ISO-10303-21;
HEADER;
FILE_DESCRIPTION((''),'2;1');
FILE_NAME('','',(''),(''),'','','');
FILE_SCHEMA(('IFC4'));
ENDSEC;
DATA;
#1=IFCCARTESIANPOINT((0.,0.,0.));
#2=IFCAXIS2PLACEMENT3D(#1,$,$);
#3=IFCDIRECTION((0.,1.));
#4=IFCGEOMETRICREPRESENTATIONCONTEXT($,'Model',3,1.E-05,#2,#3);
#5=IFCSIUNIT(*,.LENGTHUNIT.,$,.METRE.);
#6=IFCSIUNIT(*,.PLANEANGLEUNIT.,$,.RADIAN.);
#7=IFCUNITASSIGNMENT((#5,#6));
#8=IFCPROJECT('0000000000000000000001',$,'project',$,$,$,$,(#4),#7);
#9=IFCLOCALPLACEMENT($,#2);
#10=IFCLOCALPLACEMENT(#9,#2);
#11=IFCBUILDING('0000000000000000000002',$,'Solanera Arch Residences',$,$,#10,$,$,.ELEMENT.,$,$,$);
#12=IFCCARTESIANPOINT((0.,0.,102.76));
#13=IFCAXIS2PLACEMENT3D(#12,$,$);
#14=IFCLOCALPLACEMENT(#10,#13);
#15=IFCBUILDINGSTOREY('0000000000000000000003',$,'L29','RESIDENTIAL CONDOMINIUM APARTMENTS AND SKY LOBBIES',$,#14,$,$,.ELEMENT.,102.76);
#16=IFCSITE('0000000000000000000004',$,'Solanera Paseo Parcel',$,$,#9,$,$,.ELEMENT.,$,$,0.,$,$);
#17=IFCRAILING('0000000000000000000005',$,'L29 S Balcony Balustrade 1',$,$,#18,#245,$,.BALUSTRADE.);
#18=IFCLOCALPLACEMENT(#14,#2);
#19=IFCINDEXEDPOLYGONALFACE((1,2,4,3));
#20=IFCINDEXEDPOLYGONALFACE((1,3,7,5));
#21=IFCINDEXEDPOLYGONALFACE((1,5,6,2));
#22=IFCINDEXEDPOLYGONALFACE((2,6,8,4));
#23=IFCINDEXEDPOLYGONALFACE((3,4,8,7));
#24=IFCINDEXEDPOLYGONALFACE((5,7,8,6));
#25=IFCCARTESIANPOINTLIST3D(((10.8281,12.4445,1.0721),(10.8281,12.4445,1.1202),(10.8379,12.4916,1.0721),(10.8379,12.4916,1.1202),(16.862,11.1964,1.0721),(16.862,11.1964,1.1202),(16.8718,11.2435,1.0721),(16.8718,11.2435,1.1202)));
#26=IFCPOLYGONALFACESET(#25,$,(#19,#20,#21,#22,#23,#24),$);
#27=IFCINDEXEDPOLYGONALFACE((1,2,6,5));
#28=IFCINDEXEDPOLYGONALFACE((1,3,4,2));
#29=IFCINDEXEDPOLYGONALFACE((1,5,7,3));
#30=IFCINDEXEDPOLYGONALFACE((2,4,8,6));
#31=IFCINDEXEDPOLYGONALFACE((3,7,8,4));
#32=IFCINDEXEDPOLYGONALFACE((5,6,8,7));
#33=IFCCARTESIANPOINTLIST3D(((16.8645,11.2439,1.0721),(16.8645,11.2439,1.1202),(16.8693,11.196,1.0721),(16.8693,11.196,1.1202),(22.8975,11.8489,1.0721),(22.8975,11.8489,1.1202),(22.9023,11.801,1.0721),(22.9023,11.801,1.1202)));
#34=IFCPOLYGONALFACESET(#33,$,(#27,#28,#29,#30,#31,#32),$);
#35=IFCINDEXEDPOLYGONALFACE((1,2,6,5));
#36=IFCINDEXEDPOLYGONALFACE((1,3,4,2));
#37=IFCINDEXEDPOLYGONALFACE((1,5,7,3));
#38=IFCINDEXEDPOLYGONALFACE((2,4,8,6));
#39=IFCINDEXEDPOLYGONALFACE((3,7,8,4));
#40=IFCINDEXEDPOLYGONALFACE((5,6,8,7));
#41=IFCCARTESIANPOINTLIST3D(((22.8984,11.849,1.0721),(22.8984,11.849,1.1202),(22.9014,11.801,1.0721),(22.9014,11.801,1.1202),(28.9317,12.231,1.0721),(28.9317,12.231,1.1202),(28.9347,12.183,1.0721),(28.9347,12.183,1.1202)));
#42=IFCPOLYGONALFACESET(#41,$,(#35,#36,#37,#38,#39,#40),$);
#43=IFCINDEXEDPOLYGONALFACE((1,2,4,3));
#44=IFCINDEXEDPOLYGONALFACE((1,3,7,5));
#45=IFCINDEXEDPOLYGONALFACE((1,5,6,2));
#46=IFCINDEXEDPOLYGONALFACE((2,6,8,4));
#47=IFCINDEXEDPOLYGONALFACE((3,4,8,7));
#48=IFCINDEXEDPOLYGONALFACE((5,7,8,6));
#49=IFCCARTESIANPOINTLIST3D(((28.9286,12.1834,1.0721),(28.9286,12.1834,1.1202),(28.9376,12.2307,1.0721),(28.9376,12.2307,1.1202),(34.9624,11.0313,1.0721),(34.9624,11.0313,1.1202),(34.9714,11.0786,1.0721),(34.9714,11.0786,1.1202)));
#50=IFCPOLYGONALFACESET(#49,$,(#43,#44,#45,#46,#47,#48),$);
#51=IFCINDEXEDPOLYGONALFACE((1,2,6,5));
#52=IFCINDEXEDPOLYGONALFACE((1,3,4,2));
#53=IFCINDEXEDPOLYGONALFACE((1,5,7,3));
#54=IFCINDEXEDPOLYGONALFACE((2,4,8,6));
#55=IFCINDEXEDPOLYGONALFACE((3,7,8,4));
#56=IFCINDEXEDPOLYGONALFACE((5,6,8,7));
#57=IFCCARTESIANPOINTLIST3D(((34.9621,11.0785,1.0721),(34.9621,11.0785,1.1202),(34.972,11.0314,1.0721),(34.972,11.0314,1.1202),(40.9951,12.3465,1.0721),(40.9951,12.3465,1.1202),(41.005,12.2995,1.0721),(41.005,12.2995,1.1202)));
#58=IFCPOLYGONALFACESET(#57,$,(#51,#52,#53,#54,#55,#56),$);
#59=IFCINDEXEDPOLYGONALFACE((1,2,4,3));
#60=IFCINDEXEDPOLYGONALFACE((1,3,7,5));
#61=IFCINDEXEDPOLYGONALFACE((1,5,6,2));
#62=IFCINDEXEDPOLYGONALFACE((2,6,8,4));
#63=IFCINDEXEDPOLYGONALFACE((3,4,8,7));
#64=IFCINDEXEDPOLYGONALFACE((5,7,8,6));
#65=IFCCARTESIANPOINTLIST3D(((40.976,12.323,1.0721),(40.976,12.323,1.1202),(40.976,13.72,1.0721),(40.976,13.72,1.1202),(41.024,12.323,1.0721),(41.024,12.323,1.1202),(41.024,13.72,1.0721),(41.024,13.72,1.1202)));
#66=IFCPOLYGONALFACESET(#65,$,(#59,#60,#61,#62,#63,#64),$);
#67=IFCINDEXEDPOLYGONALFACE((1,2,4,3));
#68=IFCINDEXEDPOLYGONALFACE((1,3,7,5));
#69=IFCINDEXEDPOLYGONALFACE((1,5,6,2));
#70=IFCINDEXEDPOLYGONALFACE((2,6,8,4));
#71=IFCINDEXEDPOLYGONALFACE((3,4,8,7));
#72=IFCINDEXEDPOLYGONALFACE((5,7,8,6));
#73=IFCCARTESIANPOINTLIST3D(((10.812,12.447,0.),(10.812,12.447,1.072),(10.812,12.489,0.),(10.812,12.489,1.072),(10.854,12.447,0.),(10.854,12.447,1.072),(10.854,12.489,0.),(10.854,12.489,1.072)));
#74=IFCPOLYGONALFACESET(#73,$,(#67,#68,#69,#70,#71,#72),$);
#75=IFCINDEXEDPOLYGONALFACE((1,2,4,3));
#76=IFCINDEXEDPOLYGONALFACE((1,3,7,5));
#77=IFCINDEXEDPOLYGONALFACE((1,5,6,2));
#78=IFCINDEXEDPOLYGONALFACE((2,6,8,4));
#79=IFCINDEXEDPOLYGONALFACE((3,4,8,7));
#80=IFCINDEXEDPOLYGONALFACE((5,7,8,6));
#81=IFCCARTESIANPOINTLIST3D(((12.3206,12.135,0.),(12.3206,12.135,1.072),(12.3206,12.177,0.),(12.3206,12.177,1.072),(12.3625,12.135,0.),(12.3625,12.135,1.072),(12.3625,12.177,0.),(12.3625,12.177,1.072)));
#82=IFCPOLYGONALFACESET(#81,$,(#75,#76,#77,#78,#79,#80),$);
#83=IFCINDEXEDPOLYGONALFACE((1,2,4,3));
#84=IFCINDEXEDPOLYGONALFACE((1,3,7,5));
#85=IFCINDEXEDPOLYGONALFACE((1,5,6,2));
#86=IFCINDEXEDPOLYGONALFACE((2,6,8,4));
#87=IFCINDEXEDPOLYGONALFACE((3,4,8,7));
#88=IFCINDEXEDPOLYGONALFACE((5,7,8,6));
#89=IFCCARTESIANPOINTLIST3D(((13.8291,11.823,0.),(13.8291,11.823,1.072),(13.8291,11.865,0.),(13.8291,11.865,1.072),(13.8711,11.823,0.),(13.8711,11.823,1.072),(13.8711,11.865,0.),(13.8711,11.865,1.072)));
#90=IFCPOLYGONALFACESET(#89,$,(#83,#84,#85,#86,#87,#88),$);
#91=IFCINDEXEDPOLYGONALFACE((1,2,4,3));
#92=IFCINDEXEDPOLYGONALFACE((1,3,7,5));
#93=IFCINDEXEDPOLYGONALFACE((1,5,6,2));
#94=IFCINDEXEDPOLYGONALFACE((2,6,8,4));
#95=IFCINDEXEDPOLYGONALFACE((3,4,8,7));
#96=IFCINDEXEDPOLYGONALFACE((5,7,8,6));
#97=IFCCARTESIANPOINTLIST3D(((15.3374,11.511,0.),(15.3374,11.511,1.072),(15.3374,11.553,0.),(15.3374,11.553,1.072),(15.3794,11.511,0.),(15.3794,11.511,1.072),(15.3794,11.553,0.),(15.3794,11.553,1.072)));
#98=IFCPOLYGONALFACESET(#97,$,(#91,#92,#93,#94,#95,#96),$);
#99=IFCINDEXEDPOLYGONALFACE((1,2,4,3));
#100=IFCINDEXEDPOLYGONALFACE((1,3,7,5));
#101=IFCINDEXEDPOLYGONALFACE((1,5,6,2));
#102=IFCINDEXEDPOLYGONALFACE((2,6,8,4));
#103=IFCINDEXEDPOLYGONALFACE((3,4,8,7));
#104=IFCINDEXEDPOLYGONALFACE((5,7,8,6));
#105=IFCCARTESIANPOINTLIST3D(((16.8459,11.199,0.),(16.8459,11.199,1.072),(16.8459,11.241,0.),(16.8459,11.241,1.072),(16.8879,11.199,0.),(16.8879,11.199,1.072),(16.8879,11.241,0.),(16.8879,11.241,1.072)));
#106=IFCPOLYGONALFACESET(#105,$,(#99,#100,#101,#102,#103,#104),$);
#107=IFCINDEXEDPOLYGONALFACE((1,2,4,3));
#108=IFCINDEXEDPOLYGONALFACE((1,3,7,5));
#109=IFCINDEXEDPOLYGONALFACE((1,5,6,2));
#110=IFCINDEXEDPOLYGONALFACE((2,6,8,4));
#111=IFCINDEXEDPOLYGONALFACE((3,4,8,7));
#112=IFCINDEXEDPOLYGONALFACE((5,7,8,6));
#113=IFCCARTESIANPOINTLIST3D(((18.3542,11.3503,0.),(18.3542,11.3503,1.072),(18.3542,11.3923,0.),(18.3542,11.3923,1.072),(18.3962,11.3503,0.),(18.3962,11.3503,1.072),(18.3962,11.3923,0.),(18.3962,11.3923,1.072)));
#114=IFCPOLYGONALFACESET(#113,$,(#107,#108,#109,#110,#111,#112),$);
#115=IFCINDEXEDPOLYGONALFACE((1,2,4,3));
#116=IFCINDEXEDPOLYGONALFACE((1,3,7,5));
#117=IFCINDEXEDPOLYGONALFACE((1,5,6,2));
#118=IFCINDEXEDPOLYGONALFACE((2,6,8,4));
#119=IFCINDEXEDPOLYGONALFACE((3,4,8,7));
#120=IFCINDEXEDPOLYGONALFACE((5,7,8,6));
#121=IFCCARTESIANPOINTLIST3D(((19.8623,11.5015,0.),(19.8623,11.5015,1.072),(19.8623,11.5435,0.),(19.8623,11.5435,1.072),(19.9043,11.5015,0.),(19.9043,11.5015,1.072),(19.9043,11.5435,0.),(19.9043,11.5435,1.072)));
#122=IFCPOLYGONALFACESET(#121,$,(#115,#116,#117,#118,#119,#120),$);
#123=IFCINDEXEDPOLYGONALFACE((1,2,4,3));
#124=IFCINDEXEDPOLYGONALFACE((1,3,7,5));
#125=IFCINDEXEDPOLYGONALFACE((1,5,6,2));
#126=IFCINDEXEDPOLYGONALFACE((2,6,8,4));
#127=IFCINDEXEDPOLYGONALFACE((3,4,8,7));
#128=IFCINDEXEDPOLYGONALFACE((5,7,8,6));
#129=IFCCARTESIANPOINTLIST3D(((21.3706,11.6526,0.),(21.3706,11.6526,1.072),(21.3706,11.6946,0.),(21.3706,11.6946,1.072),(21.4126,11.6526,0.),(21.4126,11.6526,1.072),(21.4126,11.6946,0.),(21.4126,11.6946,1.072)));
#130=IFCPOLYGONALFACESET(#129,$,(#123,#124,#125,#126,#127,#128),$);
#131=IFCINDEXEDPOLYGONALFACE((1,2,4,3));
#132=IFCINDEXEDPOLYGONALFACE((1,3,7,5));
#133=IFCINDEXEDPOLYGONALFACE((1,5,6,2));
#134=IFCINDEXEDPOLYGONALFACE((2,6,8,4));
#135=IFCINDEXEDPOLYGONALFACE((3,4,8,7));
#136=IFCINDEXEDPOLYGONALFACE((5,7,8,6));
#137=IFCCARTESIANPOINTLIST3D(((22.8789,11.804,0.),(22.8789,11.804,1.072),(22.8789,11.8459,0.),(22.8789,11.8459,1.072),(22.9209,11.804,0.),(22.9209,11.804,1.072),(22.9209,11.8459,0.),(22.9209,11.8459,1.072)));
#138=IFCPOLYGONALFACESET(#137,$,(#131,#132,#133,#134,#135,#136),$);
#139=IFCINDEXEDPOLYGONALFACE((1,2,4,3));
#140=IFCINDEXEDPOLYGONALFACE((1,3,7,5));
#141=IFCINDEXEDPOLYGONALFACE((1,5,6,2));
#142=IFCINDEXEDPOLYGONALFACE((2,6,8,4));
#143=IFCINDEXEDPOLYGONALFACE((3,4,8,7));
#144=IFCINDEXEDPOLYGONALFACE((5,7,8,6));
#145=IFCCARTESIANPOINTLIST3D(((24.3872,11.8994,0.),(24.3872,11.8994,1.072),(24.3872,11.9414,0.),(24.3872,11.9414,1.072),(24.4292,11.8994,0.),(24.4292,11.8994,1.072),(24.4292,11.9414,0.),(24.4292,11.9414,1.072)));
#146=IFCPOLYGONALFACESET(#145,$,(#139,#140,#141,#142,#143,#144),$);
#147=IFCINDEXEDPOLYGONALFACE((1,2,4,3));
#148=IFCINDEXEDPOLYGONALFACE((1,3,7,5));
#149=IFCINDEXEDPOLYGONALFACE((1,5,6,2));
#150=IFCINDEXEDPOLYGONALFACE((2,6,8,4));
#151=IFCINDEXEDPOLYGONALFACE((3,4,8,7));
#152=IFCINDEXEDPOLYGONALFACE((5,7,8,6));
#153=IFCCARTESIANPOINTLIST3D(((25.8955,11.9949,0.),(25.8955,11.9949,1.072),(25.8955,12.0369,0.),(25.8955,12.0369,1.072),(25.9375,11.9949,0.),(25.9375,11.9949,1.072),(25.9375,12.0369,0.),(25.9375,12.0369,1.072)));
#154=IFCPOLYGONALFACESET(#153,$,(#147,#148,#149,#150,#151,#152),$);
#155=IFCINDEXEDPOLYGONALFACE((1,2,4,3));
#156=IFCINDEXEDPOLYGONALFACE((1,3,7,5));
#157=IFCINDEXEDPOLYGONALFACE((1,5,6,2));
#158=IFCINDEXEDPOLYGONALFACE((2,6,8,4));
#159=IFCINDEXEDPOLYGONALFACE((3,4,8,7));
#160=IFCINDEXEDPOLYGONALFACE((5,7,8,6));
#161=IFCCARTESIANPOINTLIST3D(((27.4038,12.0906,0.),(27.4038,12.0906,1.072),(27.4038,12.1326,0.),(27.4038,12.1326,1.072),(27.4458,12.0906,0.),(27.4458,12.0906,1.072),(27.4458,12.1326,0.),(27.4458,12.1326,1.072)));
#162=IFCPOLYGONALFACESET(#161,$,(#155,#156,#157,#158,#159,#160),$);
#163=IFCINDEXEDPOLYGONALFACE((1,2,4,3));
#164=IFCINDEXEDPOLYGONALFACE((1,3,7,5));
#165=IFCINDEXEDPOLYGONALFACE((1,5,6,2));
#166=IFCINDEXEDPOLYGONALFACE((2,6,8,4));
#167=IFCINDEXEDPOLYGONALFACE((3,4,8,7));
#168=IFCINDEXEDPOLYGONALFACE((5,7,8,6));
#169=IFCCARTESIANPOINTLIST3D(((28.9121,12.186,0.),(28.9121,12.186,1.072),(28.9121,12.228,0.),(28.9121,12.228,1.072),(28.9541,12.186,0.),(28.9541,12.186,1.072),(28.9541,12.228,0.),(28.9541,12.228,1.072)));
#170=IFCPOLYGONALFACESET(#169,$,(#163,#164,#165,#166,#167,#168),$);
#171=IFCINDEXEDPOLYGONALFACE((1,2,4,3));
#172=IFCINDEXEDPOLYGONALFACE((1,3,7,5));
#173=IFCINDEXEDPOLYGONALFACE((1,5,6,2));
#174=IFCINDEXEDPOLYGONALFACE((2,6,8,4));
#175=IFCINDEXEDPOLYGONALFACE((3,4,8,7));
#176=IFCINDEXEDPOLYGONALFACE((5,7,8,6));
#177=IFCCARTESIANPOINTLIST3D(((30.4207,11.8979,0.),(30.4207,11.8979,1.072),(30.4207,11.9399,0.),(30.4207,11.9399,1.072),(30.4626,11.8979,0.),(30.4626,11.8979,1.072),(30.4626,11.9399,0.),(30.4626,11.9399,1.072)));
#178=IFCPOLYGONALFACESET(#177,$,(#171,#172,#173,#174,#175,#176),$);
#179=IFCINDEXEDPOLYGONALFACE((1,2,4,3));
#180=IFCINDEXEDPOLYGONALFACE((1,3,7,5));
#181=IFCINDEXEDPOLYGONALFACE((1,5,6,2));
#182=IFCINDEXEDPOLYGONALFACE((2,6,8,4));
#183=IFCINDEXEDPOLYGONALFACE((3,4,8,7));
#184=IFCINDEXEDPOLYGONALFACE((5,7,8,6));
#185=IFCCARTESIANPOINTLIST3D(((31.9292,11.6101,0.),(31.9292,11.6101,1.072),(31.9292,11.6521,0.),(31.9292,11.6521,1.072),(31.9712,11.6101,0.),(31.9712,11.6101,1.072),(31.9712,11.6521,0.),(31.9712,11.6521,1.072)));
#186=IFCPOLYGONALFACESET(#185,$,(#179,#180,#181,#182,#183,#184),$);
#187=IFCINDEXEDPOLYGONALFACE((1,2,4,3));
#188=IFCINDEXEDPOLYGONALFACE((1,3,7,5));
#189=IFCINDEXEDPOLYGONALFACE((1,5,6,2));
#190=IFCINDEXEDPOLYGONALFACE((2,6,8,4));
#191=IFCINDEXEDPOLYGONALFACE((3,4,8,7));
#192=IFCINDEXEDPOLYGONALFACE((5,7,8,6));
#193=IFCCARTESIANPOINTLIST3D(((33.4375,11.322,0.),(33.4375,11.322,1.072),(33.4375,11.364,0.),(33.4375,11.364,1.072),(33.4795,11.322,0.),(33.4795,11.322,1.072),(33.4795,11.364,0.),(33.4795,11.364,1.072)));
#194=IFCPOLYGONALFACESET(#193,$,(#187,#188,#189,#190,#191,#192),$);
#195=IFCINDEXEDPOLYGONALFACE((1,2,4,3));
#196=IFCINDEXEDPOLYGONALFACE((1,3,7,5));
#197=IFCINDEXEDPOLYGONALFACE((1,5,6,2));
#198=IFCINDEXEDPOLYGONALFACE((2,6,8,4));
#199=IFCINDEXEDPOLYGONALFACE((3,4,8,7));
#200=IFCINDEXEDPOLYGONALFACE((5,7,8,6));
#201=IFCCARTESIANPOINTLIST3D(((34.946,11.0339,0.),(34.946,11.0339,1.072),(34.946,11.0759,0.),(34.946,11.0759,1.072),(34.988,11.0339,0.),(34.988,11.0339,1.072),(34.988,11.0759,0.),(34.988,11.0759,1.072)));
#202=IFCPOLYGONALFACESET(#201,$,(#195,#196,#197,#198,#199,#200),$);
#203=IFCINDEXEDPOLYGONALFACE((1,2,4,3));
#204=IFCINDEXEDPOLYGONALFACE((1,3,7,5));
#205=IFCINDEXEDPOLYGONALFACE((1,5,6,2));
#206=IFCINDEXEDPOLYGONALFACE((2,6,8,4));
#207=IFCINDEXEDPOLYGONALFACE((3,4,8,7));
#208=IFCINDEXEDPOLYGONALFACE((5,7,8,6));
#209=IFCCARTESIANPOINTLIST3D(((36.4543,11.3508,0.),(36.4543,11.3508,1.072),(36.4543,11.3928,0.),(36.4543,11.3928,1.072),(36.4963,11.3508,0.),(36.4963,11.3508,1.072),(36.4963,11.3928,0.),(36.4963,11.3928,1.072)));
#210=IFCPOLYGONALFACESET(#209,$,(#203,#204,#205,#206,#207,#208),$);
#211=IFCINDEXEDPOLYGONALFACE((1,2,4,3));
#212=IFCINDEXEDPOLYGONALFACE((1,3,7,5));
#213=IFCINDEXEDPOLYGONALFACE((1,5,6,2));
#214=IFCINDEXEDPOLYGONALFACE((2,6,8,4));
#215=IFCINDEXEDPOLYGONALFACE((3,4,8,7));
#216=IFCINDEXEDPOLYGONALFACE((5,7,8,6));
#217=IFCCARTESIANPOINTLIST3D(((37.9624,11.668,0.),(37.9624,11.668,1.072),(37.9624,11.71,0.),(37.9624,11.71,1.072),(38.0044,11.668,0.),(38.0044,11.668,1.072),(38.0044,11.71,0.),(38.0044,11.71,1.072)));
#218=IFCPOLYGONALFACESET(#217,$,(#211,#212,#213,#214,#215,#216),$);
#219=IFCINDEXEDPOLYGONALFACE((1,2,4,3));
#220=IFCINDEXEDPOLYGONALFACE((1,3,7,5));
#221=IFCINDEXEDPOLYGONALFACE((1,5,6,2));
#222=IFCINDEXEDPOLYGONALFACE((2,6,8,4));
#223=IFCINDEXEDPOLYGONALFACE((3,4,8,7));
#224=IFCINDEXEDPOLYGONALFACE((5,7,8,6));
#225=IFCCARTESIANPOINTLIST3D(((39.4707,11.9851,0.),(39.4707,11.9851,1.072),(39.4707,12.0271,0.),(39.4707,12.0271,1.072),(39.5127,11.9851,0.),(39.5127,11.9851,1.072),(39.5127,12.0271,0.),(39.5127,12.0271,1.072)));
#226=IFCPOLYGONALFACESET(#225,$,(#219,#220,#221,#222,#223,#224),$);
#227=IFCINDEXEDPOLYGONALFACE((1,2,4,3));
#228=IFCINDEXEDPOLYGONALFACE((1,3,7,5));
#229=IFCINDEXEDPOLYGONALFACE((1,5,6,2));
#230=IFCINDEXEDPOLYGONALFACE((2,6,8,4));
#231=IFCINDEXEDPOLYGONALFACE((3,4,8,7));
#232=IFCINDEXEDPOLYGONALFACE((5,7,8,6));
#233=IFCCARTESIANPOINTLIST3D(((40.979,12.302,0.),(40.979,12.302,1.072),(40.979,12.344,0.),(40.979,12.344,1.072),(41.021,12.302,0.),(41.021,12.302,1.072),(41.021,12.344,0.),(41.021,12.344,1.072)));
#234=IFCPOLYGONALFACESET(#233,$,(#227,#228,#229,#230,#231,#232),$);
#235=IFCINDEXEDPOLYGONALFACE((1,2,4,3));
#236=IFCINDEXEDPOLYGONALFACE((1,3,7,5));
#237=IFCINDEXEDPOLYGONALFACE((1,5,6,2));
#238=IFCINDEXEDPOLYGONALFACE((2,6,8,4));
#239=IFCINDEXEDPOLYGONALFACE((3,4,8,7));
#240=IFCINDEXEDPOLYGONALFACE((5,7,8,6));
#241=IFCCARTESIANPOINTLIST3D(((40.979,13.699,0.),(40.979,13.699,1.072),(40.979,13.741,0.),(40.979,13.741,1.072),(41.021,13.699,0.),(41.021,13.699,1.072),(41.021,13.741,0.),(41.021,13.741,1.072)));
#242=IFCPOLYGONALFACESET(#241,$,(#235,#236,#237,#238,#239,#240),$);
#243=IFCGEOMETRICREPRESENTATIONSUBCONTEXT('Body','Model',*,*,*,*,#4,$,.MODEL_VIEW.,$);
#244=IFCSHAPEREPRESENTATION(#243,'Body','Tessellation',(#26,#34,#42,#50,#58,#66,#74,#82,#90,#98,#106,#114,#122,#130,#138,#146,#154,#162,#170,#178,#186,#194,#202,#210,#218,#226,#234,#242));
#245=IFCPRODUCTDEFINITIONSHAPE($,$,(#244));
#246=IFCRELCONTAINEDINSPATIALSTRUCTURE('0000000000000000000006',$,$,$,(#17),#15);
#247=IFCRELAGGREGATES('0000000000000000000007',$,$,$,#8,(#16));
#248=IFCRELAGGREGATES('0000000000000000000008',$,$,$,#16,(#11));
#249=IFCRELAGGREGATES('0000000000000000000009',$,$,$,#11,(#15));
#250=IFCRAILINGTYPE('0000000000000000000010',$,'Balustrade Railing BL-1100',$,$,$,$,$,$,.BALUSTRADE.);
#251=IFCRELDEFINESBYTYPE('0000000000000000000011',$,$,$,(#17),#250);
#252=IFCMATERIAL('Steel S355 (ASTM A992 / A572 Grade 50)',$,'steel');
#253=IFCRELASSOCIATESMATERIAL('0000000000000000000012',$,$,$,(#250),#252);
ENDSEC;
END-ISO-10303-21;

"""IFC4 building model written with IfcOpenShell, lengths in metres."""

from ifc_helpers import new_model, si_unit, direction, frame, origin, origin_2d, place, context, subcontext, project, spatial, rectangle, extrude, material, type_object, element, save


model = new_model("IFC4")

# Units and contexts
model_context = context("Model", 3, precision=1e-05, world=origin(), true_north=direction((0.0, 1.0)))
body_context = subcontext(model_context, "Body", "Model", "MODEL_VIEW")
ifc_project = project(units=[si_unit("LENGTHUNIT", "METRE"), si_unit("PLANEANGLEUNIT", "RADIAN")], contexts=[model_context])

# Site, building, storey
site_placement = place(None, origin())
site = spatial("IfcSite", under=ifc_project, at=site_placement, Name="Solanera Paseo Parcel", CompositionType="ELEMENT", RefElevation=0.0)
building_placement = place(site_placement, origin())
building = spatial("IfcBuilding", under=site, at=building_placement, Name="Solanera Arch Residences", CompositionType="ELEMENT")
storey_placement = place(building_placement, frame((0.0, 0.0, 102.76)))
storey = spatial("IfcBuildingStorey", under=building, at=storey_placement, Name="L29", Description="RESIDENTIAL CONDOMINIUM APARTMENTS AND SKY LOBBIES", CompositionType="ELEMENT", Elevation=102.76)

# Railing
ifc_material_1 = material(Name="Steel S355 (ASTM A992 / A572 Grade 50)", Category="steel")
railing_type = type_object("IfcRailingType", Name="Balustrade Railing BL-1100", PredefinedType="BALUSTRADE", material=ifc_material_1)
railing_placement = place(storey_placement, frame((10.833, 12.468, 0.0)))
element("IfcRailing", 1, at=railing_placement, inside=storey, type_object=railing_type, Name="L29 S Balcony Balustrade 1", PredefinedType="BALUSTRADE", context=body_context, shape_type="SweptSolid", body=[
    extrude(rectangle(XDim=0.0481, YDim=0.0481, at=origin_2d()), frame((0.0, 0.0, 1.0962), z_axis=(0.979272, -0.202551, 0.0), x_axis=(0.202551, 0.979272, 0.0)), (0.0, 0.0, 1.0), 6.1616),
    extrude(rectangle(XDim=0.0481, YDim=0.0481, at=origin_2d()), frame((6.0339, -1.248, 1.0962), z_axis=(0.99501, 0.099779, 0.0), x_axis=(-0.099779, 0.99501, 0.0)), (0.0, 0.0, 1.0), 6.0632),
    extrude(rectangle(XDim=0.0481, YDim=0.0481, at=origin_2d()), frame((12.0669, -0.6431, 1.0962), z_axis=(0.998001, 0.063203, 0.0), x_axis=(-0.063203, 0.998001, 0.0)), (0.0, 0.0, 1.0), 6.0454),
    extrude(rectangle(XDim=0.0481, YDim=0.0481, at=origin_2d()), frame((18.1001, -0.261, 1.0962), z_axis=(0.982255, -0.187549, 0.0), x_axis=(0.187549, 0.982255, 0.0)), (0.0, 0.0, 1.0), 6.1428),
    extrude(rectangle(XDim=0.0481, YDim=0.0481, at=origin_2d()), frame((24.134, -1.4131, 1.0962), z_axis=(0.978616, 0.205695, 0.0), x_axis=(-0.205695, 0.978616, 0.0)), (0.0, 0.0, 1.0), 6.1648),
    extrude(rectangle(XDim=0.0481, YDim=0.0481, at=origin_2d()), frame((30.167, -0.145, 1.0962), z_axis=(0.0, 1.0, 0.0), x_axis=(-1.0, 0.0, 0.0)), (0.0, 0.0, 1.0), 1.397),
    extrude(rectangle(XDim=0.042, YDim=0.042, at=origin_2d()), origin(), (0.0, 0.0, 1.0), 1.072),
    extrude(rectangle(XDim=0.042, YDim=0.042, at=origin_2d()), frame((1.5085, -0.312, 0.0)), (0.0, 0.0, 1.0), 1.072),
    extrude(rectangle(XDim=0.042, YDim=0.042, at=origin_2d()), frame((3.0171, -0.624, 0.0)), (0.0, 0.0, 1.0), 1.072),
    extrude(rectangle(XDim=0.042, YDim=0.042, at=origin_2d()), frame((4.5254, -0.936, 0.0)), (0.0, 0.0, 1.0), 1.072),
    extrude(rectangle(XDim=0.042, YDim=0.042, at=origin_2d()), frame((6.0339, -1.248, 0.0)), (0.0, 0.0, 1.0), 1.072),
    extrude(rectangle(XDim=0.042, YDim=0.042, at=origin_2d()), frame((7.5422, -1.0967, 0.0)), (0.0, 0.0, 1.0), 1.072),
    extrude(rectangle(XDim=0.042, YDim=0.042, at=origin_2d()), frame((9.0503, -0.9456, 0.0)), (0.0, 0.0, 1.0), 1.072),
    extrude(rectangle(XDim=0.042, YDim=0.042, at=origin_2d()), frame((10.5586, -0.7944, 0.0)), (0.0, 0.0, 1.0), 1.072),
    extrude(rectangle(XDim=0.042, YDim=0.042, at=origin_2d()), frame((12.0669, -0.6431, 0.0)), (0.0, 0.0, 1.0), 1.072),
    extrude(rectangle(XDim=0.042, YDim=0.042, at=origin_2d()), frame((13.5752, -0.5476, 0.0)), (0.0, 0.0, 1.0), 1.072),
    extrude(rectangle(XDim=0.042, YDim=0.042, at=origin_2d()), frame((15.0835, -0.4521, 0.0)), (0.0, 0.0, 1.0), 1.072),
    extrude(rectangle(XDim=0.042, YDim=0.042, at=origin_2d()), frame((16.5918, -0.3564, 0.0)), (0.0, 0.0, 1.0), 1.072),
    extrude(rectangle(XDim=0.042, YDim=0.042, at=origin_2d()), frame((18.1001, -0.261, 0.0)), (0.0, 0.0, 1.0), 1.072),
    extrude(rectangle(XDim=0.042, YDim=0.042, at=origin_2d()), frame((19.6086, -0.5491, 0.0)), (0.0, 0.0, 1.0), 1.072),
    extrude(rectangle(XDim=0.042, YDim=0.042, at=origin_2d()), frame((21.1172, -0.8369, 0.0)), (0.0, 0.0, 1.0), 1.072),
    extrude(rectangle(XDim=0.042, YDim=0.042, at=origin_2d()), frame((22.6255, -1.125, 0.0)), (0.0, 0.0, 1.0), 1.072),
    extrude(rectangle(XDim=0.042, YDim=0.042, at=origin_2d()), frame((24.134, -1.4131, 0.0)), (0.0, 0.0, 1.0), 1.072),
    extrude(rectangle(XDim=0.042, YDim=0.042, at=origin_2d()), frame((25.6423, -1.0962, 0.0)), (0.0, 0.0, 1.0), 1.072),
    extrude(rectangle(XDim=0.042, YDim=0.042, at=origin_2d()), frame((27.1504, -0.7791, 0.0)), (0.0, 0.0, 1.0), 1.072),
    extrude(rectangle(XDim=0.042, YDim=0.042, at=origin_2d()), frame((28.6587, -0.4619, 0.0)), (0.0, 0.0, 1.0), 1.072),
    extrude(rectangle(XDim=0.042, YDim=0.042, at=origin_2d()), frame((30.167, -0.145, 0.0)), (0.0, 0.0, 1.0), 1.072),
    extrude(rectangle(XDim=0.042, YDim=0.042, at=origin_2d()), frame((30.167, 1.252, 0.0)), (0.0, 0.0, 1.0), 1.072),
])

save(model, "model.ifc")
